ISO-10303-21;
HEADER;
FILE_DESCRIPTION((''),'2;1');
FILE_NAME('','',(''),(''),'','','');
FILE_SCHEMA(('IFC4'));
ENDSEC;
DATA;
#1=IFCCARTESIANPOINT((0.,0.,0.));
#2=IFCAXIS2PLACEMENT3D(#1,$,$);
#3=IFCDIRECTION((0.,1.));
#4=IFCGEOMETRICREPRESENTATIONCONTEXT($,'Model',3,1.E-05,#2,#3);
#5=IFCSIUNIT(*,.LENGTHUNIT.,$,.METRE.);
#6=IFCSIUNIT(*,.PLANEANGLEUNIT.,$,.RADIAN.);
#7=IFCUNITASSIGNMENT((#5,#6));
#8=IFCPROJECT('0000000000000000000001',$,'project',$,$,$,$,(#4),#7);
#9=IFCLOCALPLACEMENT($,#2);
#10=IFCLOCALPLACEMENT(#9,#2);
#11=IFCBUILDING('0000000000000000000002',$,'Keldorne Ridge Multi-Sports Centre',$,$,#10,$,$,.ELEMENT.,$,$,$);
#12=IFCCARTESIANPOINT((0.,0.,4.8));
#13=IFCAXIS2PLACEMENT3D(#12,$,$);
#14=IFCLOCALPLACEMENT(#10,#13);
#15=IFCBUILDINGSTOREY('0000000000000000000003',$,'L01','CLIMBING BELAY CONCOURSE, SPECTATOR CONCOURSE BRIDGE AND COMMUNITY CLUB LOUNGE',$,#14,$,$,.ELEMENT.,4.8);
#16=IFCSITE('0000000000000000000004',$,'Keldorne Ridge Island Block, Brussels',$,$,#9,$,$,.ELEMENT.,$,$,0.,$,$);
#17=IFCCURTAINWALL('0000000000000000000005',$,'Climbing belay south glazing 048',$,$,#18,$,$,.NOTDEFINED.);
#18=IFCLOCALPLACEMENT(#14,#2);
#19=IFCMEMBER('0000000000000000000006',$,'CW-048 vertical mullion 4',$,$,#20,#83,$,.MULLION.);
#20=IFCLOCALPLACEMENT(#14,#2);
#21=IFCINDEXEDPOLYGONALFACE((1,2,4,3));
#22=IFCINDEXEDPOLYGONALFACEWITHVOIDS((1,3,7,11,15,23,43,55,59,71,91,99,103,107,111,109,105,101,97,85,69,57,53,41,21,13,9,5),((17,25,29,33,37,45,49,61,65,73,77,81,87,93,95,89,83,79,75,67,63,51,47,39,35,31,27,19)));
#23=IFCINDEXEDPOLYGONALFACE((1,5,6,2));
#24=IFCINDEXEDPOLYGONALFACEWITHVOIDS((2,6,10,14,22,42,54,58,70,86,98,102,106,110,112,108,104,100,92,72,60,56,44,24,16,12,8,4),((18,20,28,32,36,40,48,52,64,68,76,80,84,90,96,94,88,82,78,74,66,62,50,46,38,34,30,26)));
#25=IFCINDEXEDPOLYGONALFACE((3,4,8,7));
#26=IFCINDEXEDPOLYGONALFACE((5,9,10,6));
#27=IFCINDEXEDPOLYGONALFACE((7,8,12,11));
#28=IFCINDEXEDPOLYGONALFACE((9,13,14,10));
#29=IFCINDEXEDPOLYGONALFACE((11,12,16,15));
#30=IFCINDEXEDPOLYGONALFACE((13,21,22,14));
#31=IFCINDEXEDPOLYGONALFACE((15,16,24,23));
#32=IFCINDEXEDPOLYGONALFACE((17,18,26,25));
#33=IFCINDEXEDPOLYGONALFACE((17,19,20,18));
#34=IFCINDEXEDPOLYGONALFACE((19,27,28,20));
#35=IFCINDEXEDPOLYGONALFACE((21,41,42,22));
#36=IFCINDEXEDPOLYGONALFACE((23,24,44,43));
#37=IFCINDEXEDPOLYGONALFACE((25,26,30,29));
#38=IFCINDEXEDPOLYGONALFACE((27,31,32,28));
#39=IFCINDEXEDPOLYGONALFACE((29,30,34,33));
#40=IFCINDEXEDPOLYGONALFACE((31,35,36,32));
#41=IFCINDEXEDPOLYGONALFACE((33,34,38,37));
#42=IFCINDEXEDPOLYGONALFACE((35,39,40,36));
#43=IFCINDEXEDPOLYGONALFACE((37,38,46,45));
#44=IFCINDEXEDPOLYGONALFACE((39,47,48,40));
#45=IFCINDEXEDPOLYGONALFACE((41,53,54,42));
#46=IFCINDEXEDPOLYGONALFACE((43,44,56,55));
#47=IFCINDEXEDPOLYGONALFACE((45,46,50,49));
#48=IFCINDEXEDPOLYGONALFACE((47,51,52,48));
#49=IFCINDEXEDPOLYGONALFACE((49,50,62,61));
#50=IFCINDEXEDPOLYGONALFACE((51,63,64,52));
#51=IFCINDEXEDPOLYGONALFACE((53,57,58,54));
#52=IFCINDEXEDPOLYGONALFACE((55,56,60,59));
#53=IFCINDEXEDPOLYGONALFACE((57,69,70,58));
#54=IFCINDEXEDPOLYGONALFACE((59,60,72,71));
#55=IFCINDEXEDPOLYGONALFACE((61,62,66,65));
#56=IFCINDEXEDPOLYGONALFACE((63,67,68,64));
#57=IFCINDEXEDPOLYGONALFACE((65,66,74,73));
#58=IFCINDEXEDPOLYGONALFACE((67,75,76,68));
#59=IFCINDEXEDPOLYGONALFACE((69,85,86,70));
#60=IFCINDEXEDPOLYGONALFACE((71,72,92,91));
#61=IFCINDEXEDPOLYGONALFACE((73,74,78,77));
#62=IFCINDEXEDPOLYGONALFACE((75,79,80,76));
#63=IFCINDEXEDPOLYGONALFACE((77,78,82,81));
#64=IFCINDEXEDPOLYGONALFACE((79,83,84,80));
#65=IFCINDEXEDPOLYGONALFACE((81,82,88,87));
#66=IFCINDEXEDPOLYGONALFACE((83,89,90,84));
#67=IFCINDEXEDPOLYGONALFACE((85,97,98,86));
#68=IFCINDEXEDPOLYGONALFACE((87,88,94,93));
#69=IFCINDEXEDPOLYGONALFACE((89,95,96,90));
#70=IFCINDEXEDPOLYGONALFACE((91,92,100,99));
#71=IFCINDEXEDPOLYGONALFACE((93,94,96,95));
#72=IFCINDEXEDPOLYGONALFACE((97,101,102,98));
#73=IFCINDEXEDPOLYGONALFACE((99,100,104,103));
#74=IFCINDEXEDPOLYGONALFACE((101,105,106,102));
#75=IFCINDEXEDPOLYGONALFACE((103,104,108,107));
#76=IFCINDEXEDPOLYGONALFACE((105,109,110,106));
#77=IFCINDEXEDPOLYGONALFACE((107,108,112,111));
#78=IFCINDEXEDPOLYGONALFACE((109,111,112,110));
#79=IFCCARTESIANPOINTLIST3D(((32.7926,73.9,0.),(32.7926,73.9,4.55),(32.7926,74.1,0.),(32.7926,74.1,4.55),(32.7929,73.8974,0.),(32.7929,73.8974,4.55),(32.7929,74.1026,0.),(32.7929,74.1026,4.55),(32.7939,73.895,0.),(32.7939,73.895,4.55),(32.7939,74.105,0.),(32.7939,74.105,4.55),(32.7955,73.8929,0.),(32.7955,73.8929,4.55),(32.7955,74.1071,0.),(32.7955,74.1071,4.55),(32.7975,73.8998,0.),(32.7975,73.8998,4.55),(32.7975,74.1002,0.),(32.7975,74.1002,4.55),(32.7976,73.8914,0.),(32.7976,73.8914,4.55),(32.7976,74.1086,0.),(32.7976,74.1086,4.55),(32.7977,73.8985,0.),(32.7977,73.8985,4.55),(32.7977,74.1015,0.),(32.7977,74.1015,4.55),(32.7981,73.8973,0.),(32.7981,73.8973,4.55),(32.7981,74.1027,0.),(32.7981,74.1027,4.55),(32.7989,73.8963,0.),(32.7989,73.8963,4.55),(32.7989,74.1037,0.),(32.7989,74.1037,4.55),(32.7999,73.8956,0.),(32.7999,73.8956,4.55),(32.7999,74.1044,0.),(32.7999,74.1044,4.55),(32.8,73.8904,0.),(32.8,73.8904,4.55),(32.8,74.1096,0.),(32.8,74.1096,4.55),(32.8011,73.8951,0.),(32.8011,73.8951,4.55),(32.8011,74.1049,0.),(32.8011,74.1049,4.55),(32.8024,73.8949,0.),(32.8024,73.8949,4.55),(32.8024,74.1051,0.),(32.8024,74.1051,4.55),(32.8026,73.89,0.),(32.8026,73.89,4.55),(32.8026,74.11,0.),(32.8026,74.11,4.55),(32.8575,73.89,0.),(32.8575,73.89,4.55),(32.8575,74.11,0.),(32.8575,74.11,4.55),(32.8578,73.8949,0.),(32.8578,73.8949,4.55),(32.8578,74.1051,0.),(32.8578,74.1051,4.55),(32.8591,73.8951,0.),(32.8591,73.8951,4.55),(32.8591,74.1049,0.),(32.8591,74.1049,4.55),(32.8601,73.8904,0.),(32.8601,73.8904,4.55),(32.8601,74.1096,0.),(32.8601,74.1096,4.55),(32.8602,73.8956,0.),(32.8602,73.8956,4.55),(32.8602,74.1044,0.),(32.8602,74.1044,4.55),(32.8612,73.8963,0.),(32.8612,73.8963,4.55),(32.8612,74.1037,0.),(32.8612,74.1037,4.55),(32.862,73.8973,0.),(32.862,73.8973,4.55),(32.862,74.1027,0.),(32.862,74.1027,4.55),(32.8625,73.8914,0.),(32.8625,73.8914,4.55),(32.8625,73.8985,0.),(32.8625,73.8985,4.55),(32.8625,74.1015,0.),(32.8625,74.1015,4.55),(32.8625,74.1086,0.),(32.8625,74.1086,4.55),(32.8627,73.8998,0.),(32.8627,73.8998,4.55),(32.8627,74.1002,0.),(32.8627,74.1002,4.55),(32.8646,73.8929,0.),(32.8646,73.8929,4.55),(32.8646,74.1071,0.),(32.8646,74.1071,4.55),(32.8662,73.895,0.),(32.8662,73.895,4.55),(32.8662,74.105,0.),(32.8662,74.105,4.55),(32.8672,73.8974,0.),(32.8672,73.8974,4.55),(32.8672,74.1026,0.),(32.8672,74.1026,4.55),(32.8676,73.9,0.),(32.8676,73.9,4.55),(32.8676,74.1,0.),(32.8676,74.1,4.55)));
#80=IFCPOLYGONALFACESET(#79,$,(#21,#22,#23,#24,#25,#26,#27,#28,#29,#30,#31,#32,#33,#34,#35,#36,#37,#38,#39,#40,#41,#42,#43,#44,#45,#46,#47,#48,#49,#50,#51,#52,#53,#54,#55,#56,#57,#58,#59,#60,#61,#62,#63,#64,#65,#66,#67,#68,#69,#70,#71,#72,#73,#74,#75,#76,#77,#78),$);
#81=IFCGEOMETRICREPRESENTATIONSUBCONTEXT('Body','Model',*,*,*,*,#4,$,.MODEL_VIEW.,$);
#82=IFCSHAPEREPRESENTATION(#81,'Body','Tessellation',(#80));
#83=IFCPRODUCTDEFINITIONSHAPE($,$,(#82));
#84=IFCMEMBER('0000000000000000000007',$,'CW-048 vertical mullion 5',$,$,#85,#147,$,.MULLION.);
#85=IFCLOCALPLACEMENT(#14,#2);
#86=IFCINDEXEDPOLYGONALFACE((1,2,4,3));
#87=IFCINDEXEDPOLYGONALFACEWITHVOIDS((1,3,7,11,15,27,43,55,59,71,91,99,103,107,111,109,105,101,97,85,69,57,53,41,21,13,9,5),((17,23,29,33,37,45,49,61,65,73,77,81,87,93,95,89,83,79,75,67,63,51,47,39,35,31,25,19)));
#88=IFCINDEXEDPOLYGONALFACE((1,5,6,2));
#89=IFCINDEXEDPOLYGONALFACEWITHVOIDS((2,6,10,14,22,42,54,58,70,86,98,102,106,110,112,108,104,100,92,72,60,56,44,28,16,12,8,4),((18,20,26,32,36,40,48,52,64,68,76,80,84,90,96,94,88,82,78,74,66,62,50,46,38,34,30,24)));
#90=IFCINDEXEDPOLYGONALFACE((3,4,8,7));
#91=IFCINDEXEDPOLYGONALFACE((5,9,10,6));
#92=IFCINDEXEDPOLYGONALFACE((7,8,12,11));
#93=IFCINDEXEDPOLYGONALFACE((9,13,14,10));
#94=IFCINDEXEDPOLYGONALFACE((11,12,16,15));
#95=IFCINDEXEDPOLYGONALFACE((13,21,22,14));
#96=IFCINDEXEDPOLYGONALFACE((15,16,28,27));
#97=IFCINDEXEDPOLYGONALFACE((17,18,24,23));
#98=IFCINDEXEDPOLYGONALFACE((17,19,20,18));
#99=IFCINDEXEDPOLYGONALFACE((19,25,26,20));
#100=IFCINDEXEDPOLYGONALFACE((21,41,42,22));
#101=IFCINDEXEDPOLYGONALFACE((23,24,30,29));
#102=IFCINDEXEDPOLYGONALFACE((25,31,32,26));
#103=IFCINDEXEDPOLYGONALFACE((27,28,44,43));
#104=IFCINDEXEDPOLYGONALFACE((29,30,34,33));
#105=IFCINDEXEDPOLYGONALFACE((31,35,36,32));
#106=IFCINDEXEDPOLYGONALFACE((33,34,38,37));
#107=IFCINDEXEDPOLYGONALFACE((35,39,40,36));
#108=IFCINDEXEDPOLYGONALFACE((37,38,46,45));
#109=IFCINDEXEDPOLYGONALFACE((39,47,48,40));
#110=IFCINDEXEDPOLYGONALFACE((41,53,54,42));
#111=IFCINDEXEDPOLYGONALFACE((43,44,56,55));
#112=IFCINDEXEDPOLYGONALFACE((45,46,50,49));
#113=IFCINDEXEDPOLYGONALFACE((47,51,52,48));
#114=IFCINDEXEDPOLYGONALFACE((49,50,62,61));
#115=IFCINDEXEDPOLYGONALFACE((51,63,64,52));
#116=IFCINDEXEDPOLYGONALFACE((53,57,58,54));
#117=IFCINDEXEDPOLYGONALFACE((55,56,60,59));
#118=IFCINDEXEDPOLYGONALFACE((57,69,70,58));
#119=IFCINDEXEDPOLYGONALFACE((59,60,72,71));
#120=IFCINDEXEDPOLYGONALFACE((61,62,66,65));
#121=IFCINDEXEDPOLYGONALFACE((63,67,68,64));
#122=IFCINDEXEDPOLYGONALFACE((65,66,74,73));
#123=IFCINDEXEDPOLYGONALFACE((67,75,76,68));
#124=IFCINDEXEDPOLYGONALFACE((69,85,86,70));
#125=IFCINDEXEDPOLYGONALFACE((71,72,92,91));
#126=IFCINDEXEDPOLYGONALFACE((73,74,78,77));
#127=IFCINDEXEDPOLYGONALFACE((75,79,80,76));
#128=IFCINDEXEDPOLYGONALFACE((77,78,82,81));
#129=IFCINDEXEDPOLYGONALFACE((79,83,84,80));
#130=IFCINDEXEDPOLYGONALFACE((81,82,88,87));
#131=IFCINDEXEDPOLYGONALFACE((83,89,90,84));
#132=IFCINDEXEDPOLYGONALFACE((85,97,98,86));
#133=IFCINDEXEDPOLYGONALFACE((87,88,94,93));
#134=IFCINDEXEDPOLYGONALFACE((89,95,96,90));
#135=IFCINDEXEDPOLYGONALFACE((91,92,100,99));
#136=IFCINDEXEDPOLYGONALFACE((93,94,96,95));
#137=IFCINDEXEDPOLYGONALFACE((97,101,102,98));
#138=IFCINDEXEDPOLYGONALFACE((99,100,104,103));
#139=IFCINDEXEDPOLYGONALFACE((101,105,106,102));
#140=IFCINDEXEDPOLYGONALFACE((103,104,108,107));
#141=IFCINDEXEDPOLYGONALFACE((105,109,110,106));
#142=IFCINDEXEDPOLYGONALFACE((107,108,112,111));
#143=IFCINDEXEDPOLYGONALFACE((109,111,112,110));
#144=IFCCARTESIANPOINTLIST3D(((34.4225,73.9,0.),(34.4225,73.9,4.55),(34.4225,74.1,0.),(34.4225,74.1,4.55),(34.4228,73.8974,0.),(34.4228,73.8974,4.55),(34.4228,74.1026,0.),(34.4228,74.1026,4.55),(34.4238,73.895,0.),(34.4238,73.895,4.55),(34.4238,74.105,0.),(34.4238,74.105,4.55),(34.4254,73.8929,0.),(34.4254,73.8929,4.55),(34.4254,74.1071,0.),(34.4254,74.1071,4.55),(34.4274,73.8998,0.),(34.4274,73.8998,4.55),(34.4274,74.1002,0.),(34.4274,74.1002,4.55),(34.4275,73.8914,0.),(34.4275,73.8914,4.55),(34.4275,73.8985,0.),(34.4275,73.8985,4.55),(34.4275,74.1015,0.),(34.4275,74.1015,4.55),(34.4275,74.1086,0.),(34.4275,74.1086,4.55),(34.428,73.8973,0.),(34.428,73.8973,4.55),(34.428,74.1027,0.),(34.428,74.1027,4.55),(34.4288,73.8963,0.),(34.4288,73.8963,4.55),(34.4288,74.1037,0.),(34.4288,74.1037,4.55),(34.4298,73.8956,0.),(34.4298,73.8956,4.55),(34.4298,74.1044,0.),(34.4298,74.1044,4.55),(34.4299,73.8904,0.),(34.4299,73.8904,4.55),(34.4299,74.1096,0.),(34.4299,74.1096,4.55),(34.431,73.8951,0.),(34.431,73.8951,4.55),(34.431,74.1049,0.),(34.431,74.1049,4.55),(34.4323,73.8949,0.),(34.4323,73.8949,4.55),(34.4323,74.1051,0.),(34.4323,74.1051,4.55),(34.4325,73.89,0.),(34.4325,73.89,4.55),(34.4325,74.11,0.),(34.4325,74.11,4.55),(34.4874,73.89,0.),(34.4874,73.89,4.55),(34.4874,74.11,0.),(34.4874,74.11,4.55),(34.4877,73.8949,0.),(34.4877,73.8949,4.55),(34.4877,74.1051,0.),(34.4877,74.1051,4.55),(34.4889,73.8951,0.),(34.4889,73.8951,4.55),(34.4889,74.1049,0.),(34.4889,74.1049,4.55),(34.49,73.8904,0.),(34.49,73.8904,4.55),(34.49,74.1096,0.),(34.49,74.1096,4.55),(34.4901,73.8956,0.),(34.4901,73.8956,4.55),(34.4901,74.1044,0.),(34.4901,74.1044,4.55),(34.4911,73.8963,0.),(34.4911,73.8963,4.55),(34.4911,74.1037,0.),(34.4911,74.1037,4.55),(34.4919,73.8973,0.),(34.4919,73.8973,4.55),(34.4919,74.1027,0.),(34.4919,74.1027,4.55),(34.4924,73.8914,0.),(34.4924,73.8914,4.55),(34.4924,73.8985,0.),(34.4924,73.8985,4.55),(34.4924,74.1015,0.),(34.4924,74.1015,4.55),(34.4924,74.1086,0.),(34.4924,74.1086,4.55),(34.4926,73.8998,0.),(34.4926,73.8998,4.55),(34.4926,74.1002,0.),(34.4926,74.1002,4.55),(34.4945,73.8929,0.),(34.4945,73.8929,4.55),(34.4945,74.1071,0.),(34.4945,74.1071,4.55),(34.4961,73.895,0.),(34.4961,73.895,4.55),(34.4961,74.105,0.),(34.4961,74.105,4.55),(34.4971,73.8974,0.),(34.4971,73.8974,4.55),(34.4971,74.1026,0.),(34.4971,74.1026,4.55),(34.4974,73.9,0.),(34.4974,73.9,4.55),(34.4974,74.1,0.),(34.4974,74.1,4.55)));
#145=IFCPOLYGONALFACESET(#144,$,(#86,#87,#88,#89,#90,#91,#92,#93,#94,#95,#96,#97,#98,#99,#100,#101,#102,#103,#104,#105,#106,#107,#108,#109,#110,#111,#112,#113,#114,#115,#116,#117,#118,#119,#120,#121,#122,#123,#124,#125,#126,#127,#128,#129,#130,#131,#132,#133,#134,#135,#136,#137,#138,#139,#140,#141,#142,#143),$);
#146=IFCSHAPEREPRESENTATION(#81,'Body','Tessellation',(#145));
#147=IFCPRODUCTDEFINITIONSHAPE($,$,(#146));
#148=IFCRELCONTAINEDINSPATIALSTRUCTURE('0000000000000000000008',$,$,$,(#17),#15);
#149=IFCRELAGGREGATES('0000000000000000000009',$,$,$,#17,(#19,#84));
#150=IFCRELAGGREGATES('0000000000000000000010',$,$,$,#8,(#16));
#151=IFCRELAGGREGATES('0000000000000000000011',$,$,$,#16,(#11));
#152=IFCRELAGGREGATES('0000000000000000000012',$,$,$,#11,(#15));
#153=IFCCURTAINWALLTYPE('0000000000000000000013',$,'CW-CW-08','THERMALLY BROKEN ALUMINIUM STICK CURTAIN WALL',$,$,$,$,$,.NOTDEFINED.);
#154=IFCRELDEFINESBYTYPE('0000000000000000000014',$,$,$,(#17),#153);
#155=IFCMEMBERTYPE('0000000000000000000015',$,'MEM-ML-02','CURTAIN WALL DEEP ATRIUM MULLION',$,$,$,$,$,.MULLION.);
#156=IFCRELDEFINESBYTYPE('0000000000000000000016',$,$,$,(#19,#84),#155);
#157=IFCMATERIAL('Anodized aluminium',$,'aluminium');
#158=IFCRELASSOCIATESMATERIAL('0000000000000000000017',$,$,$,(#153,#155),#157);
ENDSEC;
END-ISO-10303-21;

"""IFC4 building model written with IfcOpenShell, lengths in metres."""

from ifc_helpers import new_model, si_unit, direction, frame, origin, origin_2d, place, context, subcontext, project, spatial, hollow_rectangle, extrude, material, material_profile, profile_set, type_object, element, aggregate, save


model = new_model("IFC4")

# Units and contexts
model_context = context("Model", 3, precision=1e-05, world=origin(), true_north=direction((0.0, 1.0)))
body_context = subcontext(model_context, "Body", "Model", "MODEL_VIEW")
ifc_project = project(units=[si_unit("LENGTHUNIT", "METRE"), si_unit("PLANEANGLEUNIT", "RADIAN")], contexts=[model_context])

# Site, building, storey
site_placement = place(None, origin())
site = spatial("IfcSite", under=ifc_project, at=site_placement, Name="Keldorne Ridge Island Block, Brussels", CompositionType="ELEMENT", RefElevation=0.0)
building_placement = place(site_placement, origin())
building = spatial("IfcBuilding", under=site, at=building_placement, Name="Keldorne Ridge Multi-Sports Centre", CompositionType="ELEMENT")
storey_placement = place(building_placement, frame((0.0, 0.0, 4.8)))
storey = spatial("IfcBuildingStorey", under=building, at=storey_placement, Name="L01", Description="CLIMBING BELAY CONCOURSE, SPECTATOR CONCOURSE BRIDGE AND COMMUNITY CLUB LOUNGE", CompositionType="ELEMENT", Elevation=4.8)

# Curtain wall, members
ifc_material_1 = material(Name="Anodized aluminium", Category="aluminium")
curtain_wall_type_1 = type_object("IfcCurtainWallType", Name="CW-CW-08", Description="THERMALLY BROKEN ALUMINIUM STICK CURTAIN WALL", PredefinedType="NOTDEFINED", material=ifc_material_1)
curtain_wall_1_placement = place(storey_placement, origin())
curtain_wall_1 = element("IfcCurtainWall", 1, at=curtain_wall_1_placement, inside=storey, type_object=curtain_wall_type_1, Name="Climbing belay south glazing 048", PredefinedType="NOTDEFINED")
ifc_material_profile_1 = material_profile(ifc_material_1, hollow_rectangle(XDim=0.075, YDim=0.22, WallThickness=0.0049, InnerFilletRadius=0.0049, OuterFilletRadius=0.01, at=origin_2d()), Name="ALU MULLION 220x75x5")
ifc_profile_set_1 = profile_set([ifc_material_profile_1], Name="Anodized aluminium")
member_type_1 = type_object("IfcMemberType", Name="MEM-ML-02", Description="CURTAIN WALL DEEP ATRIUM MULLION", PredefinedType="MULLION", material=ifc_profile_set_1)
member_1_placement = place(storey_placement, frame((32.8301, 74.0, 0.0), z_axis=(0.0, 0.0, 1.0), x_axis=(1.0, 0.0, 0.0)))
member_1 = element("IfcMember", 2, at=member_1_placement, type_object=member_type_1, Name="CW-048 vertical mullion 4", PredefinedType="MULLION", context=body_context, shape_type="SweptSolid", body=[
    extrude(hollow_rectangle(XDim=0.075, YDim=0.22, WallThickness=0.0049, InnerFilletRadius=0.0049, OuterFilletRadius=0.01, at=origin_2d()), origin(), (0.0, 0.0, 1.0), 4.55),
])
member_2_placement = place(storey_placement, frame((34.46, 74.0, 0.0), z_axis=(0.0, 0.0, 1.0), x_axis=(1.0, 0.0, 0.0)))
member_2 = element("IfcMember", 3, at=member_2_placement, type_object=member_type_1, Name="CW-048 vertical mullion 5", PredefinedType="MULLION", context=body_context, shape_type="SweptSolid", body=[
    extrude(hollow_rectangle(XDim=0.075, YDim=0.22, WallThickness=0.0049, InnerFilletRadius=0.0049, OuterFilletRadius=0.01, at=origin_2d()), origin(), (0.0, 0.0, 1.0), 4.55),
])

aggregate(curtain_wall_1, [member_1, member_2])

save(model, "model.ifc")
